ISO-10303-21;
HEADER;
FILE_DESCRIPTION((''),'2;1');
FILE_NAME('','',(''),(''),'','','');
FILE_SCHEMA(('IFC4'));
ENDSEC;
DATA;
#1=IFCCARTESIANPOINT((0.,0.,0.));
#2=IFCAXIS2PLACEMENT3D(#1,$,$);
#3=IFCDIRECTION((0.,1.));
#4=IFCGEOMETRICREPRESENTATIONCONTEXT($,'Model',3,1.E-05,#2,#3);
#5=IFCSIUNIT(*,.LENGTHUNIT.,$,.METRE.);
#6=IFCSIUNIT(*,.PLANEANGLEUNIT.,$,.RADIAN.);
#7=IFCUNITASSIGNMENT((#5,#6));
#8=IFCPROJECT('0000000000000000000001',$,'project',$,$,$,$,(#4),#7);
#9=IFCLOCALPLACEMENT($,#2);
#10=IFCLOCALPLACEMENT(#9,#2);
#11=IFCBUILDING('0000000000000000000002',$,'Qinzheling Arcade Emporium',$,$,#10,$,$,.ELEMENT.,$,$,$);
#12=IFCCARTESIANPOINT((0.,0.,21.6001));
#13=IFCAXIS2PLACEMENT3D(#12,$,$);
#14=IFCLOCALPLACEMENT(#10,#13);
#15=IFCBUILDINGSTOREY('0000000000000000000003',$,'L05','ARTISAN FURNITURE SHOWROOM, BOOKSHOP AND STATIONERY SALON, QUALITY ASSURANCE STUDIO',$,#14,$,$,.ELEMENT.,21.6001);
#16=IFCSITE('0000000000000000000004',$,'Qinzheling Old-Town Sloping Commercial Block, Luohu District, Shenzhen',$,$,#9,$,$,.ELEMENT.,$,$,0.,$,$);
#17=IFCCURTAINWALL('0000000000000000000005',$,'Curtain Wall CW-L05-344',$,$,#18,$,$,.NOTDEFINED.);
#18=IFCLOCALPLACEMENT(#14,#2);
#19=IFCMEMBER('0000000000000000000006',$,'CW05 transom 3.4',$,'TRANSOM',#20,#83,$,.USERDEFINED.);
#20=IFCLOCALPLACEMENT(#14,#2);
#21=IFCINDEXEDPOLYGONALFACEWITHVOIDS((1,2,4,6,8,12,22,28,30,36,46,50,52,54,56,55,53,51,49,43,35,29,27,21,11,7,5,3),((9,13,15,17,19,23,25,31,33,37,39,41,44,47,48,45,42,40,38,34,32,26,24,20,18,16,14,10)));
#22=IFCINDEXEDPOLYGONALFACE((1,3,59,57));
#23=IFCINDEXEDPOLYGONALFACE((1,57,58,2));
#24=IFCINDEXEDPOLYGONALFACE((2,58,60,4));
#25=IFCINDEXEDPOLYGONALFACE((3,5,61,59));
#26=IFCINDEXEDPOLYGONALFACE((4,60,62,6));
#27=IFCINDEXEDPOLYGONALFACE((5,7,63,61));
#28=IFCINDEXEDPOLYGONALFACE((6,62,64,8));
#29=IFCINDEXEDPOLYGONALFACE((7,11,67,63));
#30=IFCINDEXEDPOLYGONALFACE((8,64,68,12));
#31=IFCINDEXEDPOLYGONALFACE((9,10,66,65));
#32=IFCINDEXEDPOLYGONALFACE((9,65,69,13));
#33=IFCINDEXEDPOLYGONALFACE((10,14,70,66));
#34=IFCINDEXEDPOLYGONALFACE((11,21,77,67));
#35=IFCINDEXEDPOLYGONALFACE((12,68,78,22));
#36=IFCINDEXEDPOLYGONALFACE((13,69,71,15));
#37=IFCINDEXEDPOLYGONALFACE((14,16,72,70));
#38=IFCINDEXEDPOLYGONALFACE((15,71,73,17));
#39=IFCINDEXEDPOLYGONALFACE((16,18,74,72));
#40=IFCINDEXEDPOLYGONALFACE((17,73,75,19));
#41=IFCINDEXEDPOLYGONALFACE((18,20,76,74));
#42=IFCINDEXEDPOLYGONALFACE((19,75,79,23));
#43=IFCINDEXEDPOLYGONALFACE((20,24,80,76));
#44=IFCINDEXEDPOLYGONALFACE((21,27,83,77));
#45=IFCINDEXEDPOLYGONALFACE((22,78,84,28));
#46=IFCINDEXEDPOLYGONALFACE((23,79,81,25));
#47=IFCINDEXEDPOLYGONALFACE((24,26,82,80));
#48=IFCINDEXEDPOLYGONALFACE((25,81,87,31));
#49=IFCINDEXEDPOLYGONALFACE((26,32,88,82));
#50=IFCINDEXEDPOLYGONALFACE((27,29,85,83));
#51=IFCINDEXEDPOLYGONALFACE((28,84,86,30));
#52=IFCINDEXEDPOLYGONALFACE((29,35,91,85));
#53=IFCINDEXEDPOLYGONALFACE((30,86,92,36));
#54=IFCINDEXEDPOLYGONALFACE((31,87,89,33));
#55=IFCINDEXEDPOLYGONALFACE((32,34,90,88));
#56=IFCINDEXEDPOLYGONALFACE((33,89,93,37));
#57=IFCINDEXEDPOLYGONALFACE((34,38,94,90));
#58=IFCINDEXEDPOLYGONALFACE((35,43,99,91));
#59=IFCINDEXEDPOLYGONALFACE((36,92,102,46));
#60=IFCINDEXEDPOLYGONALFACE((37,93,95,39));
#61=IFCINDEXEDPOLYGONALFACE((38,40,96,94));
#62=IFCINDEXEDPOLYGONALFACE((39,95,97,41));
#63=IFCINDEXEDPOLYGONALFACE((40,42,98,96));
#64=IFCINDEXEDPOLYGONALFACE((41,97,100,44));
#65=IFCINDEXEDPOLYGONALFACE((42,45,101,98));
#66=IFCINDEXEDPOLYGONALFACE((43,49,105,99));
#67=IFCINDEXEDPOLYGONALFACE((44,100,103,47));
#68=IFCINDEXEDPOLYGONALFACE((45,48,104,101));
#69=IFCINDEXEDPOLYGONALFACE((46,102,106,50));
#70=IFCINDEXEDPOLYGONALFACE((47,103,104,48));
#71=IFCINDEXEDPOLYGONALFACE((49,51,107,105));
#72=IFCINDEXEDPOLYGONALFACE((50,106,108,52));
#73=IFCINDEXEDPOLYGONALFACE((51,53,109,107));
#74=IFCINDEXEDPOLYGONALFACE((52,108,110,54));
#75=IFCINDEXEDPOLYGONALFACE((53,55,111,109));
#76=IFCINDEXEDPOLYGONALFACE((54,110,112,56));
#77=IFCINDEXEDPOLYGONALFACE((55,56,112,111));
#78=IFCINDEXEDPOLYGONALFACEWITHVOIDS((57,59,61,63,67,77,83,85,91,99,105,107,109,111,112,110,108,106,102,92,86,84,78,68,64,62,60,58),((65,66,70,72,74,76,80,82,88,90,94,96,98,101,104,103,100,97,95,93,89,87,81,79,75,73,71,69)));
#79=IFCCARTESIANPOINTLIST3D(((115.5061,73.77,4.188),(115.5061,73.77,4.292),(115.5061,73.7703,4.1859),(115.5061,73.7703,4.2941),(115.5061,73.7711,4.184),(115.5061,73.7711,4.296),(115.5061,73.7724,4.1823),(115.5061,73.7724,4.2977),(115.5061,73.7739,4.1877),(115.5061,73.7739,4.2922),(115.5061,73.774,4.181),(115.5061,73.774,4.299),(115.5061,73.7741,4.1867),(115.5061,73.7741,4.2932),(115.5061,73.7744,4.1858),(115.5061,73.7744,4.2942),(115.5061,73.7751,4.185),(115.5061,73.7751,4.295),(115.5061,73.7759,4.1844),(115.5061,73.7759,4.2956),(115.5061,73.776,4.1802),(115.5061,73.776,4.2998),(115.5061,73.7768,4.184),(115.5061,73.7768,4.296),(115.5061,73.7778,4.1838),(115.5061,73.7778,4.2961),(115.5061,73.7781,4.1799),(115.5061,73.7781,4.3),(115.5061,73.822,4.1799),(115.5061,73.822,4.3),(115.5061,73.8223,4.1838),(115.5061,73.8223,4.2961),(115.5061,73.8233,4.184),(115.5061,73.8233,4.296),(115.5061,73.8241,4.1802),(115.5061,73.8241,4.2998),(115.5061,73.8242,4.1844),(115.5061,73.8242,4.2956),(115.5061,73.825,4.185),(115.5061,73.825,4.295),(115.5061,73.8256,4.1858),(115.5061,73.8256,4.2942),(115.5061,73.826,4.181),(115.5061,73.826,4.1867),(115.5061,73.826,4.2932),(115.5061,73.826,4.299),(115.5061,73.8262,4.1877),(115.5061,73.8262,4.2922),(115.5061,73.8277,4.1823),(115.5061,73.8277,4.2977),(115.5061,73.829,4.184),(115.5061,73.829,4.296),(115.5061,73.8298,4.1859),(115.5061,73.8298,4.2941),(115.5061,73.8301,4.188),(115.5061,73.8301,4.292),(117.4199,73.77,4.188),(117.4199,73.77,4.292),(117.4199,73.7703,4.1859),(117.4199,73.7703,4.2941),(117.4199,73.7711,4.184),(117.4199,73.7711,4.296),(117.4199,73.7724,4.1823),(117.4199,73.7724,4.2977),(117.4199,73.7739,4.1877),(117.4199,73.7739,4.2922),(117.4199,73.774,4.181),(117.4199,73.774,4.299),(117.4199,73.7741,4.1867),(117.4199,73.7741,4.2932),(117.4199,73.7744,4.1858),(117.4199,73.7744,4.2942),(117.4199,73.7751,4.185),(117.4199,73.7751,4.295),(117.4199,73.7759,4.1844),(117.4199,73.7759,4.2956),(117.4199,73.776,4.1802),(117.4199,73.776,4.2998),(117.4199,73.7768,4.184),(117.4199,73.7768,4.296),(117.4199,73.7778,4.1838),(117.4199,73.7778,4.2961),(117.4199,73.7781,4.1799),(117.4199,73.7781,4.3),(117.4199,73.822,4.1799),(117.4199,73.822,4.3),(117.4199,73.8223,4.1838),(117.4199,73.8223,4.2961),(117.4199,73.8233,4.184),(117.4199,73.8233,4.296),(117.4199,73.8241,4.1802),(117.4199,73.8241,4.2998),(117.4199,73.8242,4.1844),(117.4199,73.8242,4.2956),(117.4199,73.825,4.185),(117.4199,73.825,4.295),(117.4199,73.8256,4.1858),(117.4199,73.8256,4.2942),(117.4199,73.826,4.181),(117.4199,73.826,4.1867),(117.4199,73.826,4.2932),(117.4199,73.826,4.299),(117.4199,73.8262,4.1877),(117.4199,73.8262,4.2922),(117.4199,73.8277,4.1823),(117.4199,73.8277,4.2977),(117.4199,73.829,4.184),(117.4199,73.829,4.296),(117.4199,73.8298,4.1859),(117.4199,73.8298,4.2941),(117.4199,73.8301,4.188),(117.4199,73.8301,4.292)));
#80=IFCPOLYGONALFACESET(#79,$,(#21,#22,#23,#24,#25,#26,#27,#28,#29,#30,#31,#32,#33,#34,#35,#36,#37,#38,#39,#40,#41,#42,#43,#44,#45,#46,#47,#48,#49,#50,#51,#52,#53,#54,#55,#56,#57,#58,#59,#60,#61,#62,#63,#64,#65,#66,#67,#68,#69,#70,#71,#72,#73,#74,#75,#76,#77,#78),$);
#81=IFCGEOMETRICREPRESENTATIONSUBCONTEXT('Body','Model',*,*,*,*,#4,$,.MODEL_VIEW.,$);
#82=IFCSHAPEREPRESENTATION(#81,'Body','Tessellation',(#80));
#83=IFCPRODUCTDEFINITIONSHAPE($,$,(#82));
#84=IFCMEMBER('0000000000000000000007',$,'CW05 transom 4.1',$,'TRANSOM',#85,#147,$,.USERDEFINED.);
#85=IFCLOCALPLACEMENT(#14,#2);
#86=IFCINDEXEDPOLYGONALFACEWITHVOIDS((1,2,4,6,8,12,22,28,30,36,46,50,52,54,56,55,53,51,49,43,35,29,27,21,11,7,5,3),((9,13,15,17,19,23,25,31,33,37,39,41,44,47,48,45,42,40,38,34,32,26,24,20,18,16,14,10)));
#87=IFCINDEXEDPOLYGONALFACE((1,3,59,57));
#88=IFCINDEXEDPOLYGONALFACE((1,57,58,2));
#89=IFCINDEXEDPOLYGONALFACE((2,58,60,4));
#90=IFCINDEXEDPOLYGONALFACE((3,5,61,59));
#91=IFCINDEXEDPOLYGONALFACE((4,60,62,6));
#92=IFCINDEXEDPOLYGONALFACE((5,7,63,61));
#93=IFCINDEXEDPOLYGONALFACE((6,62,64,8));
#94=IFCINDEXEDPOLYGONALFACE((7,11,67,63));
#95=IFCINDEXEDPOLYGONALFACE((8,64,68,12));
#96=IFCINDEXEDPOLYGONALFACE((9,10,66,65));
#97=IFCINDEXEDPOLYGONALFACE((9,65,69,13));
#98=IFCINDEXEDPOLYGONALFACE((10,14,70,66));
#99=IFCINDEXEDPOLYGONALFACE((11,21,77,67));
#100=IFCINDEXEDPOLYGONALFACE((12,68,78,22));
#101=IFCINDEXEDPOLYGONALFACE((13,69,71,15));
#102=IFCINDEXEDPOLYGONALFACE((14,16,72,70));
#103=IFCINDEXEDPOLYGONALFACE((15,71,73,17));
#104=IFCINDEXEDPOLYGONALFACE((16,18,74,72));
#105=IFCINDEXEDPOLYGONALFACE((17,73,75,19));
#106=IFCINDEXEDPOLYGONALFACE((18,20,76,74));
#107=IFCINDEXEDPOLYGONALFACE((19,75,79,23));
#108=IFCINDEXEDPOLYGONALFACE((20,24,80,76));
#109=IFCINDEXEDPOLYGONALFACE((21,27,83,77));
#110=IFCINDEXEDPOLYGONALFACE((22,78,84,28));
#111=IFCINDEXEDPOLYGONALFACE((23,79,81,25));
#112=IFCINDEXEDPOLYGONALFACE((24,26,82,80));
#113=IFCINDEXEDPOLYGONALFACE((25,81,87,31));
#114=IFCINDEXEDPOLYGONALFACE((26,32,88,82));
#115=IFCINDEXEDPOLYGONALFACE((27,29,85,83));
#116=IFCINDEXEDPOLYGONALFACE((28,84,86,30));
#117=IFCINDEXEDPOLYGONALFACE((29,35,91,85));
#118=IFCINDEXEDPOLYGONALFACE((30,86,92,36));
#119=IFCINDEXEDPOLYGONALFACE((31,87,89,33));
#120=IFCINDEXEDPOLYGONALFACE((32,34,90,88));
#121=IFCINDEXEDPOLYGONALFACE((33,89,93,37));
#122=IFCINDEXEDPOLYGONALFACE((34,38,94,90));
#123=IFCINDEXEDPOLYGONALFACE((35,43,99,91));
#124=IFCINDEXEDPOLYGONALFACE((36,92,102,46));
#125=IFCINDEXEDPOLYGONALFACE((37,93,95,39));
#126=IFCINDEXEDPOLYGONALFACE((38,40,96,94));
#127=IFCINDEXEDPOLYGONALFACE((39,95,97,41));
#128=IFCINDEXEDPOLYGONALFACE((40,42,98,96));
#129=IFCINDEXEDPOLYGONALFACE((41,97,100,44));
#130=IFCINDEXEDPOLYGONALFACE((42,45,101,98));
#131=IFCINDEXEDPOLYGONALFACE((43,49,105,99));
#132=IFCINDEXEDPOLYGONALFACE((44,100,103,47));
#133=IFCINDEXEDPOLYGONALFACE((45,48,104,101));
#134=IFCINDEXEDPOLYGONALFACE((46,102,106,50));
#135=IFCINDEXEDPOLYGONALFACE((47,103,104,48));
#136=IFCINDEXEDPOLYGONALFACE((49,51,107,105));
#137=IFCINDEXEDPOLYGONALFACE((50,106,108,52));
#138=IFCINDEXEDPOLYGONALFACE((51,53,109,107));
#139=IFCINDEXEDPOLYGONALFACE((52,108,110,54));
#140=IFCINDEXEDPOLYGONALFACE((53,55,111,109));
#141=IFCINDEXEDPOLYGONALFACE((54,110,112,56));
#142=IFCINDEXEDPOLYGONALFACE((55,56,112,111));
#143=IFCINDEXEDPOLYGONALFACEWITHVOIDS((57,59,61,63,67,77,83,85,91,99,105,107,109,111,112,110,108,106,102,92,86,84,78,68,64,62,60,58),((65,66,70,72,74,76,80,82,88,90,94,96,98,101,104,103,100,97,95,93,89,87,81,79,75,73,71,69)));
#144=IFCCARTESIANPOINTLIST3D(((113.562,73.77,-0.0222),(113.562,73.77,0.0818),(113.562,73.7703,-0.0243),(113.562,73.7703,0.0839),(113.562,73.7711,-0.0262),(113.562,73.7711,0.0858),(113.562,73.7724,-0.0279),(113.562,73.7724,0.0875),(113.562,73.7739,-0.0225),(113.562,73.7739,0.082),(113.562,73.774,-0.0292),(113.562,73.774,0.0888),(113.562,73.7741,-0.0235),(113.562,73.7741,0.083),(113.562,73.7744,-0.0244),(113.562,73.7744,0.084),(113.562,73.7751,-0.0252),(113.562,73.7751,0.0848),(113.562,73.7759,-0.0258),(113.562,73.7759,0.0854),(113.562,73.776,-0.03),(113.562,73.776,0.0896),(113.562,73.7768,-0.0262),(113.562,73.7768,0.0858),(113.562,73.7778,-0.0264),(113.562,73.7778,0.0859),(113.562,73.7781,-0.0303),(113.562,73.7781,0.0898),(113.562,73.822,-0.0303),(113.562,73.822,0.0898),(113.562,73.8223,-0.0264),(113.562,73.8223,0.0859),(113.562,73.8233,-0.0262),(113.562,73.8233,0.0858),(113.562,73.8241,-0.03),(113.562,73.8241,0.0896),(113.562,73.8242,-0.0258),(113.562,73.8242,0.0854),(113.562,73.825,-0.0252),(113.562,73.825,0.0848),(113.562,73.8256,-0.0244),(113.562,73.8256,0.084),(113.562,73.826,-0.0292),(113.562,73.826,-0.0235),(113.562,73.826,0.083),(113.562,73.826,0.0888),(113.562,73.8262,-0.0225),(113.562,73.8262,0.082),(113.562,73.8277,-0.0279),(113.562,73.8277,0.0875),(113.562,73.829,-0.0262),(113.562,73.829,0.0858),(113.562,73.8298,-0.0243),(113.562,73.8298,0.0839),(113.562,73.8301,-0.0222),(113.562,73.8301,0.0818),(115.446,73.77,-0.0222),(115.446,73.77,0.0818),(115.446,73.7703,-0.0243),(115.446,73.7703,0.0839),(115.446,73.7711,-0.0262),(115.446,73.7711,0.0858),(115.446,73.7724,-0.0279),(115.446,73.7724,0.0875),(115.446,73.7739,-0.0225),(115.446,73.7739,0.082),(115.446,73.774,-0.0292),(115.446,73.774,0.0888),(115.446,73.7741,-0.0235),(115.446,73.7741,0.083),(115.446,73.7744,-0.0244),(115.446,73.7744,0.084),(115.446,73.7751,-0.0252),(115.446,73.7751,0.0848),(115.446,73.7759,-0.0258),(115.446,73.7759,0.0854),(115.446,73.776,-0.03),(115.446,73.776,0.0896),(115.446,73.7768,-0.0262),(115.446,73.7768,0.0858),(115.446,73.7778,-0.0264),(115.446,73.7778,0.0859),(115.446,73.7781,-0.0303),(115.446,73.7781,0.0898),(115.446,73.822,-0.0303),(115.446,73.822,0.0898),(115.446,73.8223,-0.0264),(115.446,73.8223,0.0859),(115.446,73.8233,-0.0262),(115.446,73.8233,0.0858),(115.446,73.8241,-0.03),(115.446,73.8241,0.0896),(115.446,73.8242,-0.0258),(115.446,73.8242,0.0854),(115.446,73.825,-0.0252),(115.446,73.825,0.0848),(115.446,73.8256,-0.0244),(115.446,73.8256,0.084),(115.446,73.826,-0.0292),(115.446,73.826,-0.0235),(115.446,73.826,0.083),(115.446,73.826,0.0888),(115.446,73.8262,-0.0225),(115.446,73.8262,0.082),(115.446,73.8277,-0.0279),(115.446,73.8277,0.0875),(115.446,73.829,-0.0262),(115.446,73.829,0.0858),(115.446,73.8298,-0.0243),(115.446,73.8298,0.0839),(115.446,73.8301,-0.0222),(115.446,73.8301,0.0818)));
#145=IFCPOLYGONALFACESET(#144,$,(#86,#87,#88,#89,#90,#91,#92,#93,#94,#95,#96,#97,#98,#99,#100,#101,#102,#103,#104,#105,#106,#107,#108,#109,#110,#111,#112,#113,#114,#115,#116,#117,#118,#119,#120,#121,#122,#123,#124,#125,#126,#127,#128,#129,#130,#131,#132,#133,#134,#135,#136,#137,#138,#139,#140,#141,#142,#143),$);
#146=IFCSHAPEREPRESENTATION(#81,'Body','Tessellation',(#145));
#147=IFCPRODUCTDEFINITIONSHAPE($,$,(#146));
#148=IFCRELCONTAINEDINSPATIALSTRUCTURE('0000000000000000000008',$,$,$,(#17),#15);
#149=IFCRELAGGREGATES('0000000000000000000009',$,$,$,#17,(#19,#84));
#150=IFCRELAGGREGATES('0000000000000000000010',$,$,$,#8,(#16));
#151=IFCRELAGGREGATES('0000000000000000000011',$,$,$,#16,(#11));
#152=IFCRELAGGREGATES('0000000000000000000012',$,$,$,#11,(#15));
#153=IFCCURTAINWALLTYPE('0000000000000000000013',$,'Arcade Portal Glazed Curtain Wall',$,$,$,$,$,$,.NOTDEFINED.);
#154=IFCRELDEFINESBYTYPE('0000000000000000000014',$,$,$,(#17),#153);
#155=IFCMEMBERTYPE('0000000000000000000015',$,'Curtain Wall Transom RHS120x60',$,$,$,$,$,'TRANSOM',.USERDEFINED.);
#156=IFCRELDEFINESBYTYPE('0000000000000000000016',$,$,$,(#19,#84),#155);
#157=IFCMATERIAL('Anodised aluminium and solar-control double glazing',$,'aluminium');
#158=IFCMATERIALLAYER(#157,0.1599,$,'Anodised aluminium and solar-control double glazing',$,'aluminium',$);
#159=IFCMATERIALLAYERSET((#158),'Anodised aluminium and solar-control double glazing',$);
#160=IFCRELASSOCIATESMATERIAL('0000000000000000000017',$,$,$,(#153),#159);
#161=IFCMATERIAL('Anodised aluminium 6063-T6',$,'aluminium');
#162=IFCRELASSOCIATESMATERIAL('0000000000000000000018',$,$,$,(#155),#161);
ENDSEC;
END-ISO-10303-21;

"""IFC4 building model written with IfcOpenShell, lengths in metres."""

from ifc_helpers import new_model, si_unit, direction, frame, origin, origin_2d, place, context, subcontext, project, spatial, hollow_rectangle, extrude, material, layer, layer_set, material_profile, profile_set, type_object, element, aggregate, save


model = new_model("IFC4")

# Units and contexts
model_context = context("Model", 3, precision=1e-05, world=origin(), true_north=direction((0.0, 1.0)))
body_context = subcontext(model_context, "Body", "Model", "MODEL_VIEW")
ifc_project = project(units=[si_unit("LENGTHUNIT", "METRE"), si_unit("PLANEANGLEUNIT", "RADIAN")], contexts=[model_context])

# Site, building, storey
site_placement = place(None, origin())
site = spatial("IfcSite", under=ifc_project, at=site_placement, Name="Qinzheling Old-Town Sloping Commercial Block, Luohu District, Shenzhen", CompositionType="ELEMENT", RefElevation=0.0)
building_placement = place(site_placement, origin())
building = spatial("IfcBuilding", under=site, at=building_placement, Name="Qinzheling Arcade Emporium", CompositionType="ELEMENT")
storey_placement = place(building_placement, frame((0.0, 0.0, 21.6001)))
storey = spatial("IfcBuildingStorey", under=building, at=storey_placement, Name="L05", Description="ARTISAN FURNITURE SHOWROOM, BOOKSHOP AND STATIONERY SALON, QUALITY ASSURANCE STUDIO", CompositionType="ELEMENT", Elevation=21.6001)

# Curtain wall, members
ifc_material_1 = material(Name="Anodised aluminium and solar-control double glazing", Category="aluminium")
ifc_layer_1 = layer(ifc_material_1, 0.1599, Name="Anodised aluminium and solar-control double glazing", Category="aluminium")
ifc_layer_set_1 = layer_set([ifc_layer_1], Name="Anodised aluminium and solar-control double glazing")
curtain_wall_type = type_object("IfcCurtainWallType", Name="Arcade Portal Glazed Curtain Wall", PredefinedType="NOTDEFINED", material=ifc_layer_set_1)
curtain_wall_placement = place(storey_placement, origin())
curtain_wall = element("IfcCurtainWall", 1, at=curtain_wall_placement, inside=storey, type_object=curtain_wall_type, Name="Curtain Wall CW-L05-344", PredefinedType="NOTDEFINED")
ifc_material_2 = material(Name="Anodised aluminium 6063-T6", Category="aluminium")
ifc_material_profile_1 = material_profile(ifc_material_2, hollow_rectangle(XDim=0.0601, YDim=0.1201, WallThickness=0.0039, InnerFilletRadius=0.0039, OuterFilletRadius=0.0081, at=origin_2d()), Name="RHS 120x60x4", Category="aluminium")
ifc_profile_set_1 = profile_set([ifc_material_profile_1], Name="Anodised aluminium 6063-T6")
member_type_1 = type_object("IfcMemberType", Name="Curtain Wall Transom RHS120x60", ElementType="TRANSOM", PredefinedType="USERDEFINED", material=ifc_profile_set_1)
member_1_placement = place(storey_placement, frame((117.4199, 73.8, 4.24), z_axis=(-1.0, 0.0, 0.0), x_axis=(0.0, -1.0, 0.0)))
member_1 = element("IfcMember", 2, at=member_1_placement, type_object=member_type_1, Name="CW05 transom 3.4", ObjectType="TRANSOM", PredefinedType="USERDEFINED", context=body_context, shape_type="SweptSolid", body=[
    extrude(hollow_rectangle(XDim=0.0601, YDim=0.1201, WallThickness=0.0039, InnerFilletRadius=0.0039, OuterFilletRadius=0.0081, at=origin_2d()), origin(), (0.0, 0.0, 1.0), 1.9138),
])
member_2_placement = place(storey_placement, frame((115.446, 73.8, 0.0298), z_axis=(-1.0, 0.0, 0.0), x_axis=(0.0, -1.0, 0.0)))
member_2 = element("IfcMember", 3, at=member_2_placement, type_object=member_type_1, Name="CW05 transom 4.1", ObjectType="TRANSOM", PredefinedType="USERDEFINED", context=body_context, shape_type="SweptSolid", body=[
    extrude(hollow_rectangle(XDim=0.0601, YDim=0.1201, WallThickness=0.0039, InnerFilletRadius=0.0039, OuterFilletRadius=0.0081, at=origin_2d()), origin(), (0.0, 0.0, 1.0), 1.884),
])

aggregate(curtain_wall, [member_1, member_2])

save(model, "model.ifc")
